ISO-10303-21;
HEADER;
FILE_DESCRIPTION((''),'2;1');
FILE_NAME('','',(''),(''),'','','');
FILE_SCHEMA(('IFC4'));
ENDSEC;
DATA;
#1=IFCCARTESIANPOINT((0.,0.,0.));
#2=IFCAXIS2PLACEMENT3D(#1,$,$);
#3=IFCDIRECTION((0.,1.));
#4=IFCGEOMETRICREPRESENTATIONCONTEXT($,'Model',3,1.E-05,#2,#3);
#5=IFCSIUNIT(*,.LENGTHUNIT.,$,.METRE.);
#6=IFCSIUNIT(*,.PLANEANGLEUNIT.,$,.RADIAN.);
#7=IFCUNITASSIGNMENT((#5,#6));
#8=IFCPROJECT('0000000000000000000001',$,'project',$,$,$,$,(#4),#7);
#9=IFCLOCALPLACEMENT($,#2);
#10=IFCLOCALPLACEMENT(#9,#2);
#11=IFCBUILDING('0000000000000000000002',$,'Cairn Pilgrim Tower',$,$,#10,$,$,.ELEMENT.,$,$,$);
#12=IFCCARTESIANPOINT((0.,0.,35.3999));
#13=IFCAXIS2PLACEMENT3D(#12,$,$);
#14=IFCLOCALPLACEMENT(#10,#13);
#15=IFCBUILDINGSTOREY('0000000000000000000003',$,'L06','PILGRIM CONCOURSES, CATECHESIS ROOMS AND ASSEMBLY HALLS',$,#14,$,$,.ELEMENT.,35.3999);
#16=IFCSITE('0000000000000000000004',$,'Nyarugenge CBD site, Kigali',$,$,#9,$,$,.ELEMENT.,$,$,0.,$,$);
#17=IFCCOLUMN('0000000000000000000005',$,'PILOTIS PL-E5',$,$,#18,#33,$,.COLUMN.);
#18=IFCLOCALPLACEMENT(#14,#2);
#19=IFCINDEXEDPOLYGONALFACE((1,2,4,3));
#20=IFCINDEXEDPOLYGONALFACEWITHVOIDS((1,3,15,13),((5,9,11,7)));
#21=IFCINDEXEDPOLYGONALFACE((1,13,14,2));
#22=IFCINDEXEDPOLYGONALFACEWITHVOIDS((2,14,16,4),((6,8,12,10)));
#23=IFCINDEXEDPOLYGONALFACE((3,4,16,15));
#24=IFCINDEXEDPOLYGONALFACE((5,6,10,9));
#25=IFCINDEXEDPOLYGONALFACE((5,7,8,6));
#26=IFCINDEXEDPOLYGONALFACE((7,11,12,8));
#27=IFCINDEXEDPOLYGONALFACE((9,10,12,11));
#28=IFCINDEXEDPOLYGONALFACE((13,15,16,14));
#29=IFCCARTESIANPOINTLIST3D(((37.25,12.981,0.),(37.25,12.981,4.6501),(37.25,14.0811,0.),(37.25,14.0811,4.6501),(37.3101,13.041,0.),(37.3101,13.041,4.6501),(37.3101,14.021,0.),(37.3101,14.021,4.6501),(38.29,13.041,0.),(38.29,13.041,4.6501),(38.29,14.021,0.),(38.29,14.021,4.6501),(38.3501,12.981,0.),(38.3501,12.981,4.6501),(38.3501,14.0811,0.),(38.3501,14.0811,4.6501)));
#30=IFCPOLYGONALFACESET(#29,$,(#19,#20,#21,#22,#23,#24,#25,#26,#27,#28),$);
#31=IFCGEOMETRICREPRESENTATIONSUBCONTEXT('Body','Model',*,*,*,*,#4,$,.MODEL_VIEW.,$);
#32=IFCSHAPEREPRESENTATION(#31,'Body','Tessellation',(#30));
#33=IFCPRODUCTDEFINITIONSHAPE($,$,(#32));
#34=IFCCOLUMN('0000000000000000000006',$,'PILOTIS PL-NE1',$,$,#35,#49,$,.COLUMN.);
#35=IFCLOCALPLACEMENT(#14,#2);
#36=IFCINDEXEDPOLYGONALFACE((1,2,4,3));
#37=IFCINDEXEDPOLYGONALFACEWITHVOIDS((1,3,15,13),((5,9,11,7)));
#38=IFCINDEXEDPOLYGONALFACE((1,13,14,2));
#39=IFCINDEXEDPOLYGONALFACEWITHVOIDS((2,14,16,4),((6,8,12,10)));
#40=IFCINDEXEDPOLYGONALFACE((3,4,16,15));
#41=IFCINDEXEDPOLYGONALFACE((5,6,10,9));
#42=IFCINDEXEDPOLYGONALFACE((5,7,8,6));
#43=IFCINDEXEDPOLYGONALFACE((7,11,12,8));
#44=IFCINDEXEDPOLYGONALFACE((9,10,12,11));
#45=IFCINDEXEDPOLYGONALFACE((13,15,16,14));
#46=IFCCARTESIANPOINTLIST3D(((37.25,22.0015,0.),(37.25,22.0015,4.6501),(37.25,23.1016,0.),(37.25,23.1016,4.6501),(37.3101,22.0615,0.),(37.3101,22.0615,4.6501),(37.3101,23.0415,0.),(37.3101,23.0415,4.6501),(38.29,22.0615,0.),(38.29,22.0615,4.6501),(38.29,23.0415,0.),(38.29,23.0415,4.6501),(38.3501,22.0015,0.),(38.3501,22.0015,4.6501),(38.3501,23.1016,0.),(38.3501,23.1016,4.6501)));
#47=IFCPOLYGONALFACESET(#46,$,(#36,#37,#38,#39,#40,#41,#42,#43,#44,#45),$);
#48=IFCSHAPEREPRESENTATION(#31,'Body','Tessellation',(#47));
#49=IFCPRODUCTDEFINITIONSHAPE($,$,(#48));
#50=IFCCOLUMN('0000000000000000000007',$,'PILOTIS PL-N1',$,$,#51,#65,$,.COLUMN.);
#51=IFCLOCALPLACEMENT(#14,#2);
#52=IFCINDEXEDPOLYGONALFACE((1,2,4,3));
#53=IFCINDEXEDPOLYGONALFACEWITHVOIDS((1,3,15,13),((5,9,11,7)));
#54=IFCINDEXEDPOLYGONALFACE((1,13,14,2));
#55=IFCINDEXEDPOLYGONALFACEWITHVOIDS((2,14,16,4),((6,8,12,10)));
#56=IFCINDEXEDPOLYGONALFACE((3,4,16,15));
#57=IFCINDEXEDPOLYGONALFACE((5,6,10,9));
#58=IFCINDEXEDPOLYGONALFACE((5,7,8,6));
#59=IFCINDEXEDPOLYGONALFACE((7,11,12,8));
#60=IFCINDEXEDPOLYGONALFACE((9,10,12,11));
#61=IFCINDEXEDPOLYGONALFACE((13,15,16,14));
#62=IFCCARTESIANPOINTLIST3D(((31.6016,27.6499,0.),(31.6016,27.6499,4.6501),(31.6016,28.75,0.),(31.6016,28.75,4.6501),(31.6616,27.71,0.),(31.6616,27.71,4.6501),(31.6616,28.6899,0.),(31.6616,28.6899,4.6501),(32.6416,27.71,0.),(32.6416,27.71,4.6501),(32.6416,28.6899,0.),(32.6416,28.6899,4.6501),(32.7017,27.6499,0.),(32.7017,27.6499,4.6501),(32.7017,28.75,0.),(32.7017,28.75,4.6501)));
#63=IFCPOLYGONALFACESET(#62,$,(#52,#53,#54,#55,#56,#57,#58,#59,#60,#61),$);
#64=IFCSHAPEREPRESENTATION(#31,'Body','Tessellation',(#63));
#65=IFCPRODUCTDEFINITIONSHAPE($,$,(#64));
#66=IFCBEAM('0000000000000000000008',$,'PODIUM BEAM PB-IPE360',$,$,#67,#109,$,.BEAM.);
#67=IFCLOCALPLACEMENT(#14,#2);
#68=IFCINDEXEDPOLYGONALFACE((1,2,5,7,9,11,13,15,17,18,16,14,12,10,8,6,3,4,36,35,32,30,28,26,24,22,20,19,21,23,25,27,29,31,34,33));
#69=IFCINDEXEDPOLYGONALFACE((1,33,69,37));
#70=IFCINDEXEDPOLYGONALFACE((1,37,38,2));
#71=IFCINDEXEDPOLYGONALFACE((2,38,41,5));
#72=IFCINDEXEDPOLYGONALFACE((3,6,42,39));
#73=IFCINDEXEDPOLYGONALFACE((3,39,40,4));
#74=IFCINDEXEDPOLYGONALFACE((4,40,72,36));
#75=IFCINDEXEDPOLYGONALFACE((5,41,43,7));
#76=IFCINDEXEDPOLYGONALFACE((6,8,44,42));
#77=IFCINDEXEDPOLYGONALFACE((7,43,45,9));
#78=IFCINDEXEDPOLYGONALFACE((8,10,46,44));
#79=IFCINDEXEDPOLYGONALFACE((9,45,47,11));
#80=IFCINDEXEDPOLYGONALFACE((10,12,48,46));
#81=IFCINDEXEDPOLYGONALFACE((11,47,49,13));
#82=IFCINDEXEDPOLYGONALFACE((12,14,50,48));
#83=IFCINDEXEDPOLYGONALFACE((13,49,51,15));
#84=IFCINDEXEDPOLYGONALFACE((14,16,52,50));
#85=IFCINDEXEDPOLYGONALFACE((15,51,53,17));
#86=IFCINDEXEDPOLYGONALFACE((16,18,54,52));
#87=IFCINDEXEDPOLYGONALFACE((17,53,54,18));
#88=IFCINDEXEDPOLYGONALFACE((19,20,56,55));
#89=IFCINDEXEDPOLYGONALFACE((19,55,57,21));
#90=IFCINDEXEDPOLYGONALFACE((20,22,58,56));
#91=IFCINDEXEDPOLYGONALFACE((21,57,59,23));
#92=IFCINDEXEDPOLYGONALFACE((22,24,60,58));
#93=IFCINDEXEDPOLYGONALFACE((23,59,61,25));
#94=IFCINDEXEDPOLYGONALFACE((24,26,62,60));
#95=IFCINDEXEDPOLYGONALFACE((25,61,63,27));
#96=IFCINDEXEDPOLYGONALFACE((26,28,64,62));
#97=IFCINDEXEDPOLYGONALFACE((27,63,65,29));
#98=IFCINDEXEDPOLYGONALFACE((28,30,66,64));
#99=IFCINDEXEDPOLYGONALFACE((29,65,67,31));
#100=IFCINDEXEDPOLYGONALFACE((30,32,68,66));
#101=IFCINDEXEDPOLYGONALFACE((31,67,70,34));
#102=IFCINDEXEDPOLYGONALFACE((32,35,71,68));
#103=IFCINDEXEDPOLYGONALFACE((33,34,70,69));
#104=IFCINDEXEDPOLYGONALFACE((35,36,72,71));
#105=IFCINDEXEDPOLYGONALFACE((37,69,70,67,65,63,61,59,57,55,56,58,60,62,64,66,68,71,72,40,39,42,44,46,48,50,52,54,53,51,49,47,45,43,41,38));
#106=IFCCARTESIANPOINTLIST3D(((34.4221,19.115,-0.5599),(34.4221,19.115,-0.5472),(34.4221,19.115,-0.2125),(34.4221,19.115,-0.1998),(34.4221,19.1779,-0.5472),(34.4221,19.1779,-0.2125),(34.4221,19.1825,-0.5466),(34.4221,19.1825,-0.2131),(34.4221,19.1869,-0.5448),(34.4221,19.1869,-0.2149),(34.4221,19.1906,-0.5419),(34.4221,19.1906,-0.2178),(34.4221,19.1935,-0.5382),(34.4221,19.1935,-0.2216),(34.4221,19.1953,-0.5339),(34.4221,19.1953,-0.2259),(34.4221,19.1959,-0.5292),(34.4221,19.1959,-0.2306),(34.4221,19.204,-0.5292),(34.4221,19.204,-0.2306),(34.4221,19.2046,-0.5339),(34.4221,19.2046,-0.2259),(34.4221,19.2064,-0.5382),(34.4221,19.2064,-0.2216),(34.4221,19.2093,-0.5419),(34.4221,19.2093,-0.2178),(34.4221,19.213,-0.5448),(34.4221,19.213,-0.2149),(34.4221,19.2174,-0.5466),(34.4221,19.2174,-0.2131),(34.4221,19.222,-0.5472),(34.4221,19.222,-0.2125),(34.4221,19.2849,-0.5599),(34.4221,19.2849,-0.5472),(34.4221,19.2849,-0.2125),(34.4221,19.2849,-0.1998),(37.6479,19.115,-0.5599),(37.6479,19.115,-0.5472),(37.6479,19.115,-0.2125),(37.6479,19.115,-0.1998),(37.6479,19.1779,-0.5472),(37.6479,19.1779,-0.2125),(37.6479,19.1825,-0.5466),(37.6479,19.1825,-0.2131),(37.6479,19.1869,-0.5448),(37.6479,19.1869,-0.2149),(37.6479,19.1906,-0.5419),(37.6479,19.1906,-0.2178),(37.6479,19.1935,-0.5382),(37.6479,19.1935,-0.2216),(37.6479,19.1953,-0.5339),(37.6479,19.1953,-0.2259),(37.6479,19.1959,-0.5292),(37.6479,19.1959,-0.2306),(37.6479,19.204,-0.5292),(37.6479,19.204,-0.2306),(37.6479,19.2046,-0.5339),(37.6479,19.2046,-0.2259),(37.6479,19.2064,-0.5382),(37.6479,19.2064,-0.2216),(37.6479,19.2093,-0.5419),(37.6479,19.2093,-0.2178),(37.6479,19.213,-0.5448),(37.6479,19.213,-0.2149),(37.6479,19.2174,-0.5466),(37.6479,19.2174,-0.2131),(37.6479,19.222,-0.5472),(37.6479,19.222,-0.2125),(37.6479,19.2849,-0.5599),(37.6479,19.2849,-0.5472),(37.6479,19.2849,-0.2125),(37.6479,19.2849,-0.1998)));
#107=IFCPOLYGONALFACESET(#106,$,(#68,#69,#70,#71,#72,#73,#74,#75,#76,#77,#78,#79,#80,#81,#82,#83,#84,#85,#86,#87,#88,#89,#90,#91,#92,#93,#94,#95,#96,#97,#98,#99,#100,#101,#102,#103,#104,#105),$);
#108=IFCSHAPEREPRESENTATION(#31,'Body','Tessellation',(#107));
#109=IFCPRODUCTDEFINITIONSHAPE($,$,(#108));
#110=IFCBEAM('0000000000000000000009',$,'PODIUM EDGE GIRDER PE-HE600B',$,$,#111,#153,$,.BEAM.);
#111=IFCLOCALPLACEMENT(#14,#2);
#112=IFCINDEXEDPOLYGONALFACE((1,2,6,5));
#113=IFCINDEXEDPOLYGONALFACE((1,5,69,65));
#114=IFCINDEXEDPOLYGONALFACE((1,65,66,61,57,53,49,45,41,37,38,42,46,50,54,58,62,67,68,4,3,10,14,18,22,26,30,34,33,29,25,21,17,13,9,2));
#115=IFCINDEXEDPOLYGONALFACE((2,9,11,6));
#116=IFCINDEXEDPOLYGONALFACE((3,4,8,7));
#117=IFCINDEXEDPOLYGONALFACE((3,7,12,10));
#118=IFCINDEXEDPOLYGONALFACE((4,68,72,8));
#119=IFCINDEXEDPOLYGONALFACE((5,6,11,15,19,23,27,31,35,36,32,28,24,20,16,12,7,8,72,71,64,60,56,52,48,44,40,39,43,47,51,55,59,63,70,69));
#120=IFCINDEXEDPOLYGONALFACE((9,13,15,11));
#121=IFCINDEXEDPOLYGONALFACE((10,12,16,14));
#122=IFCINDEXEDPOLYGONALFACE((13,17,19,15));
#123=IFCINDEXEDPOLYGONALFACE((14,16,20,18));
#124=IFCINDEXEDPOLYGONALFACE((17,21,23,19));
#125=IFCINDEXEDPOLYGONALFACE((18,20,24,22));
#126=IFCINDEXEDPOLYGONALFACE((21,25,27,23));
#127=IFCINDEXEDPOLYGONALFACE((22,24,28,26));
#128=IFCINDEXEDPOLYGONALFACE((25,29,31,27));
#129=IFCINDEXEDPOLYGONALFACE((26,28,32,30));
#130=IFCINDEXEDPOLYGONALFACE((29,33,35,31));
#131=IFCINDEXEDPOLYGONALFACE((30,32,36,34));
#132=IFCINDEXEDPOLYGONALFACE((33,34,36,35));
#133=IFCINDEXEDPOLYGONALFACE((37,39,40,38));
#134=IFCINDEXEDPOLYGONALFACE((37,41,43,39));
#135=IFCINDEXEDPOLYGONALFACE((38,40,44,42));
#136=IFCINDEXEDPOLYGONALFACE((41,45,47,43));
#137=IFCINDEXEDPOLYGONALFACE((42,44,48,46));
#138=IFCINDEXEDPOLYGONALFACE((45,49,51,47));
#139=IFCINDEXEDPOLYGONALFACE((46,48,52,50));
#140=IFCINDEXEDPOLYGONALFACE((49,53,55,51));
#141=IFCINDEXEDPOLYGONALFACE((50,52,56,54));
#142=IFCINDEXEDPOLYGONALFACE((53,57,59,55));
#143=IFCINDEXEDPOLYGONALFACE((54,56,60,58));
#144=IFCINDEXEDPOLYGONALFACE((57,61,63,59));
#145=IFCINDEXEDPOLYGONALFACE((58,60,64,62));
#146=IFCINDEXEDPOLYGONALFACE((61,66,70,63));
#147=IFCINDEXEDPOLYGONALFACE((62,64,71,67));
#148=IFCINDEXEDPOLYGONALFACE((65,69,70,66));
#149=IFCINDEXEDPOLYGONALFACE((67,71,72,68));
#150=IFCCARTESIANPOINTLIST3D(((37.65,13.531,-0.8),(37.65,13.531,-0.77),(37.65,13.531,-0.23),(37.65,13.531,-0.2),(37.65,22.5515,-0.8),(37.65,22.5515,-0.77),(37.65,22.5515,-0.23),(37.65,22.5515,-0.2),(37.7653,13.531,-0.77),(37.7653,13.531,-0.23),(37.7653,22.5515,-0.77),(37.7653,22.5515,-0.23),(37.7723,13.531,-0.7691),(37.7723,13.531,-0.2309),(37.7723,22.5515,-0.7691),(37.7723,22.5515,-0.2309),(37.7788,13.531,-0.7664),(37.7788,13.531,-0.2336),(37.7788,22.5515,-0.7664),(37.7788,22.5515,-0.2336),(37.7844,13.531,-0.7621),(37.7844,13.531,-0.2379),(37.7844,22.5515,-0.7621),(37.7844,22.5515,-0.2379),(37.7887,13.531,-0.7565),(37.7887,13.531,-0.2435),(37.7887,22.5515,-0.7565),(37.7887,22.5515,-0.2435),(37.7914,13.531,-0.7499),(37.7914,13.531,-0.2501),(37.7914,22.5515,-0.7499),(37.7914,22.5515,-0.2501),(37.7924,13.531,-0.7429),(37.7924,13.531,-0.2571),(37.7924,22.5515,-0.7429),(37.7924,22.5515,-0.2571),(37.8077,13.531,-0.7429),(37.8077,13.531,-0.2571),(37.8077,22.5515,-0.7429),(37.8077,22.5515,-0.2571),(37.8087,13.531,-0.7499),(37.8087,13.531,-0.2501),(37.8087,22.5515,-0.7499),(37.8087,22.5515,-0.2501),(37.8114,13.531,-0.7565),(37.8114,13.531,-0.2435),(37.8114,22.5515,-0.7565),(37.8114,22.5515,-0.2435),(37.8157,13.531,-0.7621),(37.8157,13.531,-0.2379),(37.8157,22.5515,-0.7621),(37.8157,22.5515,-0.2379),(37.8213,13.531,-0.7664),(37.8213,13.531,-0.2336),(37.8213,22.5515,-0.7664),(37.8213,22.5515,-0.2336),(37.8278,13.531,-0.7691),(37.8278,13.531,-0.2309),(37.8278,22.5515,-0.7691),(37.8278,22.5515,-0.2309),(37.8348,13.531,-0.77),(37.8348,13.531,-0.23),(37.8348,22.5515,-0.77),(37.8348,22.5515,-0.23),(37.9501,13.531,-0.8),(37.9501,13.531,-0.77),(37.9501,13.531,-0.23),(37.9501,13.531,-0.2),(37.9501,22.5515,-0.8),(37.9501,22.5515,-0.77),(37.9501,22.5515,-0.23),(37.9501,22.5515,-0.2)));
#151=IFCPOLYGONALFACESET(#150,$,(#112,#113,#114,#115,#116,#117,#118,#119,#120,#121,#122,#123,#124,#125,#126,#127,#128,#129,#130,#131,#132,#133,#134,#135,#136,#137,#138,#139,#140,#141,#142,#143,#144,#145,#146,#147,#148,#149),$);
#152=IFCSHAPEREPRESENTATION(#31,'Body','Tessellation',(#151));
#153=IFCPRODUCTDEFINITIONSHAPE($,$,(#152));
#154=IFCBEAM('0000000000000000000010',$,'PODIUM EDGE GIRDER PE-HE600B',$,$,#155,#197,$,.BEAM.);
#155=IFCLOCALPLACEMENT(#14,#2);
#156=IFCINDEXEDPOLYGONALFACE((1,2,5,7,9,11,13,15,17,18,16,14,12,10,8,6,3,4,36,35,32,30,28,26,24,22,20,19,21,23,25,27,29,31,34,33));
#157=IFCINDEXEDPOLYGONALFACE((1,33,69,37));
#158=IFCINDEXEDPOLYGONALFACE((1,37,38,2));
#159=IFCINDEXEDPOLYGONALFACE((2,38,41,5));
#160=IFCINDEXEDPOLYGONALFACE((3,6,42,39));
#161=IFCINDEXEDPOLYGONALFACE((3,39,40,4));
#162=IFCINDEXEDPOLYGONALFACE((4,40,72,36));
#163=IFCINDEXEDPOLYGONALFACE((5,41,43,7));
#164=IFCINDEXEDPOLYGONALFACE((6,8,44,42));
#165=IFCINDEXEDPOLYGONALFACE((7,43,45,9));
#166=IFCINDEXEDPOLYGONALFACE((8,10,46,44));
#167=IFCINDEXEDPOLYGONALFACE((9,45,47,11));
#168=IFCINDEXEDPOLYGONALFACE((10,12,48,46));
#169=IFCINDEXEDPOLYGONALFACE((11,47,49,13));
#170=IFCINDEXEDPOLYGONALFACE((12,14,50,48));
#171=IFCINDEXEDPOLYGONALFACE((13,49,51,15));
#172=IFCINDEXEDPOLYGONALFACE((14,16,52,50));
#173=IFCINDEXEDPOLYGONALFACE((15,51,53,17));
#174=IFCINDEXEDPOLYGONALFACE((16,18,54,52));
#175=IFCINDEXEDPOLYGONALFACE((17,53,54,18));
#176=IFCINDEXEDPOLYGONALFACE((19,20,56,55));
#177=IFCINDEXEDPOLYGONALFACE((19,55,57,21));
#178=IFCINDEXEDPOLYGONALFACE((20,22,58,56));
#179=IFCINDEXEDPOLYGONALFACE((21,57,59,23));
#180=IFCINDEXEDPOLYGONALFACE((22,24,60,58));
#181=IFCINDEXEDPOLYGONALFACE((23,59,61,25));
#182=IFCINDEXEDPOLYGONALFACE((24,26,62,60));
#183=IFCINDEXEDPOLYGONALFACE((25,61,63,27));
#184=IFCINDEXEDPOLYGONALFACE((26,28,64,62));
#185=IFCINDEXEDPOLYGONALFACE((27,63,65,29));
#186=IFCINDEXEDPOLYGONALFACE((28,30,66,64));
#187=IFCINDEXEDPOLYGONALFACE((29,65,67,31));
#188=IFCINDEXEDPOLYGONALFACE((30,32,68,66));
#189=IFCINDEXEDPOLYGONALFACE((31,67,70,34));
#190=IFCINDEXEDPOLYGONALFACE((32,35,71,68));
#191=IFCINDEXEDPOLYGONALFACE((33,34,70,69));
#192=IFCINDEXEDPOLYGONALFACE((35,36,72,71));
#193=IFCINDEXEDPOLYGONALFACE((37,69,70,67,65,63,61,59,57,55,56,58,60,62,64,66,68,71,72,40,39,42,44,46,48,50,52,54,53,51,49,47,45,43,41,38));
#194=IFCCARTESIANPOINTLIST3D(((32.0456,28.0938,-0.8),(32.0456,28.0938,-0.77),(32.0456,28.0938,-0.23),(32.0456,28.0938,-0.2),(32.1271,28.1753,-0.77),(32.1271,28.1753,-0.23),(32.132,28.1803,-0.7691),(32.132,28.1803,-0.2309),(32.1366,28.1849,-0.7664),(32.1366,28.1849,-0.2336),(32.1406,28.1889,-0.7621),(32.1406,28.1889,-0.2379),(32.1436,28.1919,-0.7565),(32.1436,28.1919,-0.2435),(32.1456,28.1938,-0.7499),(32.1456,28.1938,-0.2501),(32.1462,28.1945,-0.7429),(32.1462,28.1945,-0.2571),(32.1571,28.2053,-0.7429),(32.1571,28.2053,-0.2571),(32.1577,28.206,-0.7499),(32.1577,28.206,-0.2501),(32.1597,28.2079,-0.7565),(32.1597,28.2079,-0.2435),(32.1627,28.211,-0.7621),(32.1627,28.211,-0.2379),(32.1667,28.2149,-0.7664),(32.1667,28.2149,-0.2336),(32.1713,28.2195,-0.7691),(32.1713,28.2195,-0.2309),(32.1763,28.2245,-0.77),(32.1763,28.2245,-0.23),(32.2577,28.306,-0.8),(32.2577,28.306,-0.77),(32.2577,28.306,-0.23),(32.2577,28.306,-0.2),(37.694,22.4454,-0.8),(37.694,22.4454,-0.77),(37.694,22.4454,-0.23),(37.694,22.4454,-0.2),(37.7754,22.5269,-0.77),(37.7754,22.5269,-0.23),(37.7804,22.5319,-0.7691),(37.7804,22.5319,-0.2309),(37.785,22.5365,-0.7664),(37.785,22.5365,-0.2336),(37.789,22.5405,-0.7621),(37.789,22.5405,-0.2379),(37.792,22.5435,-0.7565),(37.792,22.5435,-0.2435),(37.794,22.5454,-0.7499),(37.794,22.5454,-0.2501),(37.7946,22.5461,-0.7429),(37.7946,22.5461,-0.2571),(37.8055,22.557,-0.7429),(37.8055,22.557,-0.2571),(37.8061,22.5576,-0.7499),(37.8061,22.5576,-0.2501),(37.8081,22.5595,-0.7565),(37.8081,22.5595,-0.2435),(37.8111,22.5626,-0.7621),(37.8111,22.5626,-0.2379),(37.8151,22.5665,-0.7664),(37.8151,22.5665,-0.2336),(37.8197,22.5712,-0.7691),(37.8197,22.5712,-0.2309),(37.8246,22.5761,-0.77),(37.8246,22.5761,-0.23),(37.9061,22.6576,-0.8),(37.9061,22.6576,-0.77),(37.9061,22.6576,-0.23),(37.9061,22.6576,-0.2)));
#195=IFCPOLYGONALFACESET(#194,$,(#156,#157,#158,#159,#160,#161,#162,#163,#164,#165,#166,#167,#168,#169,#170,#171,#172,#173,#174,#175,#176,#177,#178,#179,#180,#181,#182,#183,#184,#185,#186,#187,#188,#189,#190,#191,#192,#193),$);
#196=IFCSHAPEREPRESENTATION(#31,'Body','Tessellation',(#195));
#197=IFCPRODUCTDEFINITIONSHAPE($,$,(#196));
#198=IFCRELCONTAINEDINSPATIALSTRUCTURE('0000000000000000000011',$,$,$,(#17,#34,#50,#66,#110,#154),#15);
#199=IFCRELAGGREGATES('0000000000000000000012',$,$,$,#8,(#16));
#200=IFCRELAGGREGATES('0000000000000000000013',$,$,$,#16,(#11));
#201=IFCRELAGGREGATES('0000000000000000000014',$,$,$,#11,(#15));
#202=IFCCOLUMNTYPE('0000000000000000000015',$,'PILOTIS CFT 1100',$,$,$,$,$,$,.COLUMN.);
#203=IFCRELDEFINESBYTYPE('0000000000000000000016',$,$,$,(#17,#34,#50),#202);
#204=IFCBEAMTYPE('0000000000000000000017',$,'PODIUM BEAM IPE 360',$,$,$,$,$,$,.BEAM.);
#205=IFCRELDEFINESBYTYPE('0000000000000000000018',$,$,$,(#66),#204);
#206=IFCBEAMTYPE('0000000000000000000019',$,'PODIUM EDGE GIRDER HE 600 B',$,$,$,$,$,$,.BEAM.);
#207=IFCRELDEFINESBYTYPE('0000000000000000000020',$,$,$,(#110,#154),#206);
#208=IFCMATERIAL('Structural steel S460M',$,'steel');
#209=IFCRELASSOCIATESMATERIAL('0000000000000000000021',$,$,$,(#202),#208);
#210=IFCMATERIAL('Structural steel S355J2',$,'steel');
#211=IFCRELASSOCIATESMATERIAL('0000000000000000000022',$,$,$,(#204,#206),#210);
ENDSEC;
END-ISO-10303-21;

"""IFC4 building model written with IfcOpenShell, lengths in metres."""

from ifc_helpers import new_model, si_unit, direction, frame, origin, origin_2d, place, context, subcontext, project, spatial, hollow_rectangle, i_section, extrude, material, material_profile, profile_set, type_object, element, save


model = new_model("IFC4")

# Units and contexts
model_context = context("Model", 3, precision=1e-05, world=origin(), true_north=direction((0.0, 1.0)))
body_context = subcontext(model_context, "Body", "Model", "MODEL_VIEW")
ifc_project = project(units=[si_unit("LENGTHUNIT", "METRE"), si_unit("PLANEANGLEUNIT", "RADIAN")], contexts=[model_context])

# Site, building, storey
site_placement = place(None, origin())
site = spatial("IfcSite", under=ifc_project, at=site_placement, Name="Nyarugenge CBD site, Kigali", CompositionType="ELEMENT", RefElevation=0.0)
building_placement = place(site_placement, origin())
building = spatial("IfcBuilding", under=site, at=building_placement, Name="Cairn Pilgrim Tower", CompositionType="ELEMENT")
storey_placement = place(building_placement, frame((0.0, 0.0, 35.3999)))
storey = spatial("IfcBuildingStorey", under=building, at=storey_placement, Name="L06", Description="PILGRIM CONCOURSES, CATECHESIS ROOMS AND ASSEMBLY HALLS", CompositionType="ELEMENT", Elevation=35.3999)

# Columns
ifc_material_1 = material(Name="Structural steel S460M", Category="steel")
ifc_material_profile_1 = material_profile(ifc_material_1, hollow_rectangle(XDim=1.1001, YDim=1.1001, WallThickness=0.0601, at=origin_2d()), Name="BOX 1100x1100x60")
ifc_profile_set_1 = profile_set([ifc_material_profile_1], Name="Structural steel S460M")
column_type = type_object("IfcColumnType", Name="PILOTIS CFT 1100", PredefinedType="COLUMN", material=ifc_profile_set_1)
for number, where, z_axis, x_axis, name in (
    (1, (37.8, 13.531, 0.0), (0.0, 0.0, 1.0), (1.0, 0.0, 0.0), "PILOTIS PL-E5"),
    (2, (37.8, 22.5515, 0.0), (0.0, 0.0, 1.0), (1.0, 0.0, 0.0), "PILOTIS PL-NE1"),
    (3, (32.1516, 28.2, 0.0), (0.0, 0.0, 1.0), (1.0, 0.0, 0.0), "PILOTIS PL-N1"),
):
    element("IfcColumn", number, at=place(storey_placement, frame(where, z_axis=z_axis, x_axis=x_axis)), inside=storey, type_object=column_type, Name=name, PredefinedType="COLUMN", context=body_context, shape_type="SweptSolid", body=[
        extrude(hollow_rectangle(XDim=1.1001, YDim=1.1001, WallThickness=0.0601, at=origin_2d()), origin(), (0.0, 0.0, 1.0), 4.6501),
    ])

# Beams
ifc_material_2 = material(Name="Structural steel S355J2", Category="steel")
ifc_material_profile_2 = material_profile(ifc_material_2, i_section(OverallWidth=0.1699, OverallDepth=0.3601, WebThickness=0.0081, FlangeThickness=0.0127, FilletRadius=0.0181, at=origin_2d()), Name="IPE 360")
ifc_profile_set_2 = profile_set([ifc_material_profile_2], Name="Structural steel S355J2")
beam_type_1 = type_object("IfcBeamType", Name="PODIUM BEAM IPE 360", PredefinedType="BEAM", material=ifc_profile_set_2)
beam_1_placement = place(storey_placement, frame((34.4221, 19.2, -0.3799), z_axis=(1.0, 0.0, 0.0), x_axis=(0.0, 1.0, 0.0)))
element("IfcBeam", 4, at=beam_1_placement, inside=storey, type_object=beam_type_1, Name="PODIUM BEAM PB-IPE360", PredefinedType="BEAM", context=body_context, shape_type="SweptSolid", body=[
    extrude(i_section(OverallWidth=0.1699, OverallDepth=0.3601, WebThickness=0.0081, FlangeThickness=0.0127, FilletRadius=0.0181, at=origin_2d()), origin(), (0.0, 0.0, 1.0), 3.2258),
])
ifc_material_profile_3 = material_profile(ifc_material_2, i_section(OverallWidth=0.3, OverallDepth=0.6001, WebThickness=0.0154, FlangeThickness=0.03, FilletRadius=0.0271, at=origin_2d()), Name="HEB 600")
ifc_profile_set_3 = profile_set([ifc_material_profile_3], Name="Structural steel S355J2")
beam_type_2 = type_object("IfcBeamType", Name="PODIUM EDGE GIRDER HE 600 B", PredefinedType="BEAM", material=ifc_profile_set_3)
beam_2_placement = place(storey_placement, frame((37.8, 13.531, -0.5), z_axis=(0.0, 1.0, 0.0), x_axis=(-1.0, 0.0, 0.0)))
element("IfcBeam", 5, at=beam_2_placement, inside=storey, type_object=beam_type_2, Name="PODIUM EDGE GIRDER PE-HE600B", PredefinedType="BEAM", context=body_context, shape_type="SweptSolid", body=[
    extrude(i_section(OverallWidth=0.3, OverallDepth=0.6001, WebThickness=0.0154, FlangeThickness=0.03, FilletRadius=0.0271, at=origin_2d()), origin(), (0.0, 0.0, 1.0), 9.0205),
])
beam_3_placement = place(storey_placement, frame((37.8, 22.5515, -0.5), z_axis=(-0.707107, 0.707107, 0.0), x_axis=(-0.707107, -0.707107, 0.0)))
element("IfcBeam", 6, at=beam_3_placement, inside=storey, type_object=beam_type_2, Name="PODIUM EDGE GIRDER PE-HE600B", PredefinedType="BEAM", context=body_context, shape_type="SweptSolid", body=[
    extrude(i_section(OverallWidth=0.3, OverallDepth=0.6001, WebThickness=0.0154, FlangeThickness=0.03, FilletRadius=0.0271, at=origin_2d()), origin(), (0.0, 0.0, 1.0), 7.988),
])

save(model, "model.ifc")
